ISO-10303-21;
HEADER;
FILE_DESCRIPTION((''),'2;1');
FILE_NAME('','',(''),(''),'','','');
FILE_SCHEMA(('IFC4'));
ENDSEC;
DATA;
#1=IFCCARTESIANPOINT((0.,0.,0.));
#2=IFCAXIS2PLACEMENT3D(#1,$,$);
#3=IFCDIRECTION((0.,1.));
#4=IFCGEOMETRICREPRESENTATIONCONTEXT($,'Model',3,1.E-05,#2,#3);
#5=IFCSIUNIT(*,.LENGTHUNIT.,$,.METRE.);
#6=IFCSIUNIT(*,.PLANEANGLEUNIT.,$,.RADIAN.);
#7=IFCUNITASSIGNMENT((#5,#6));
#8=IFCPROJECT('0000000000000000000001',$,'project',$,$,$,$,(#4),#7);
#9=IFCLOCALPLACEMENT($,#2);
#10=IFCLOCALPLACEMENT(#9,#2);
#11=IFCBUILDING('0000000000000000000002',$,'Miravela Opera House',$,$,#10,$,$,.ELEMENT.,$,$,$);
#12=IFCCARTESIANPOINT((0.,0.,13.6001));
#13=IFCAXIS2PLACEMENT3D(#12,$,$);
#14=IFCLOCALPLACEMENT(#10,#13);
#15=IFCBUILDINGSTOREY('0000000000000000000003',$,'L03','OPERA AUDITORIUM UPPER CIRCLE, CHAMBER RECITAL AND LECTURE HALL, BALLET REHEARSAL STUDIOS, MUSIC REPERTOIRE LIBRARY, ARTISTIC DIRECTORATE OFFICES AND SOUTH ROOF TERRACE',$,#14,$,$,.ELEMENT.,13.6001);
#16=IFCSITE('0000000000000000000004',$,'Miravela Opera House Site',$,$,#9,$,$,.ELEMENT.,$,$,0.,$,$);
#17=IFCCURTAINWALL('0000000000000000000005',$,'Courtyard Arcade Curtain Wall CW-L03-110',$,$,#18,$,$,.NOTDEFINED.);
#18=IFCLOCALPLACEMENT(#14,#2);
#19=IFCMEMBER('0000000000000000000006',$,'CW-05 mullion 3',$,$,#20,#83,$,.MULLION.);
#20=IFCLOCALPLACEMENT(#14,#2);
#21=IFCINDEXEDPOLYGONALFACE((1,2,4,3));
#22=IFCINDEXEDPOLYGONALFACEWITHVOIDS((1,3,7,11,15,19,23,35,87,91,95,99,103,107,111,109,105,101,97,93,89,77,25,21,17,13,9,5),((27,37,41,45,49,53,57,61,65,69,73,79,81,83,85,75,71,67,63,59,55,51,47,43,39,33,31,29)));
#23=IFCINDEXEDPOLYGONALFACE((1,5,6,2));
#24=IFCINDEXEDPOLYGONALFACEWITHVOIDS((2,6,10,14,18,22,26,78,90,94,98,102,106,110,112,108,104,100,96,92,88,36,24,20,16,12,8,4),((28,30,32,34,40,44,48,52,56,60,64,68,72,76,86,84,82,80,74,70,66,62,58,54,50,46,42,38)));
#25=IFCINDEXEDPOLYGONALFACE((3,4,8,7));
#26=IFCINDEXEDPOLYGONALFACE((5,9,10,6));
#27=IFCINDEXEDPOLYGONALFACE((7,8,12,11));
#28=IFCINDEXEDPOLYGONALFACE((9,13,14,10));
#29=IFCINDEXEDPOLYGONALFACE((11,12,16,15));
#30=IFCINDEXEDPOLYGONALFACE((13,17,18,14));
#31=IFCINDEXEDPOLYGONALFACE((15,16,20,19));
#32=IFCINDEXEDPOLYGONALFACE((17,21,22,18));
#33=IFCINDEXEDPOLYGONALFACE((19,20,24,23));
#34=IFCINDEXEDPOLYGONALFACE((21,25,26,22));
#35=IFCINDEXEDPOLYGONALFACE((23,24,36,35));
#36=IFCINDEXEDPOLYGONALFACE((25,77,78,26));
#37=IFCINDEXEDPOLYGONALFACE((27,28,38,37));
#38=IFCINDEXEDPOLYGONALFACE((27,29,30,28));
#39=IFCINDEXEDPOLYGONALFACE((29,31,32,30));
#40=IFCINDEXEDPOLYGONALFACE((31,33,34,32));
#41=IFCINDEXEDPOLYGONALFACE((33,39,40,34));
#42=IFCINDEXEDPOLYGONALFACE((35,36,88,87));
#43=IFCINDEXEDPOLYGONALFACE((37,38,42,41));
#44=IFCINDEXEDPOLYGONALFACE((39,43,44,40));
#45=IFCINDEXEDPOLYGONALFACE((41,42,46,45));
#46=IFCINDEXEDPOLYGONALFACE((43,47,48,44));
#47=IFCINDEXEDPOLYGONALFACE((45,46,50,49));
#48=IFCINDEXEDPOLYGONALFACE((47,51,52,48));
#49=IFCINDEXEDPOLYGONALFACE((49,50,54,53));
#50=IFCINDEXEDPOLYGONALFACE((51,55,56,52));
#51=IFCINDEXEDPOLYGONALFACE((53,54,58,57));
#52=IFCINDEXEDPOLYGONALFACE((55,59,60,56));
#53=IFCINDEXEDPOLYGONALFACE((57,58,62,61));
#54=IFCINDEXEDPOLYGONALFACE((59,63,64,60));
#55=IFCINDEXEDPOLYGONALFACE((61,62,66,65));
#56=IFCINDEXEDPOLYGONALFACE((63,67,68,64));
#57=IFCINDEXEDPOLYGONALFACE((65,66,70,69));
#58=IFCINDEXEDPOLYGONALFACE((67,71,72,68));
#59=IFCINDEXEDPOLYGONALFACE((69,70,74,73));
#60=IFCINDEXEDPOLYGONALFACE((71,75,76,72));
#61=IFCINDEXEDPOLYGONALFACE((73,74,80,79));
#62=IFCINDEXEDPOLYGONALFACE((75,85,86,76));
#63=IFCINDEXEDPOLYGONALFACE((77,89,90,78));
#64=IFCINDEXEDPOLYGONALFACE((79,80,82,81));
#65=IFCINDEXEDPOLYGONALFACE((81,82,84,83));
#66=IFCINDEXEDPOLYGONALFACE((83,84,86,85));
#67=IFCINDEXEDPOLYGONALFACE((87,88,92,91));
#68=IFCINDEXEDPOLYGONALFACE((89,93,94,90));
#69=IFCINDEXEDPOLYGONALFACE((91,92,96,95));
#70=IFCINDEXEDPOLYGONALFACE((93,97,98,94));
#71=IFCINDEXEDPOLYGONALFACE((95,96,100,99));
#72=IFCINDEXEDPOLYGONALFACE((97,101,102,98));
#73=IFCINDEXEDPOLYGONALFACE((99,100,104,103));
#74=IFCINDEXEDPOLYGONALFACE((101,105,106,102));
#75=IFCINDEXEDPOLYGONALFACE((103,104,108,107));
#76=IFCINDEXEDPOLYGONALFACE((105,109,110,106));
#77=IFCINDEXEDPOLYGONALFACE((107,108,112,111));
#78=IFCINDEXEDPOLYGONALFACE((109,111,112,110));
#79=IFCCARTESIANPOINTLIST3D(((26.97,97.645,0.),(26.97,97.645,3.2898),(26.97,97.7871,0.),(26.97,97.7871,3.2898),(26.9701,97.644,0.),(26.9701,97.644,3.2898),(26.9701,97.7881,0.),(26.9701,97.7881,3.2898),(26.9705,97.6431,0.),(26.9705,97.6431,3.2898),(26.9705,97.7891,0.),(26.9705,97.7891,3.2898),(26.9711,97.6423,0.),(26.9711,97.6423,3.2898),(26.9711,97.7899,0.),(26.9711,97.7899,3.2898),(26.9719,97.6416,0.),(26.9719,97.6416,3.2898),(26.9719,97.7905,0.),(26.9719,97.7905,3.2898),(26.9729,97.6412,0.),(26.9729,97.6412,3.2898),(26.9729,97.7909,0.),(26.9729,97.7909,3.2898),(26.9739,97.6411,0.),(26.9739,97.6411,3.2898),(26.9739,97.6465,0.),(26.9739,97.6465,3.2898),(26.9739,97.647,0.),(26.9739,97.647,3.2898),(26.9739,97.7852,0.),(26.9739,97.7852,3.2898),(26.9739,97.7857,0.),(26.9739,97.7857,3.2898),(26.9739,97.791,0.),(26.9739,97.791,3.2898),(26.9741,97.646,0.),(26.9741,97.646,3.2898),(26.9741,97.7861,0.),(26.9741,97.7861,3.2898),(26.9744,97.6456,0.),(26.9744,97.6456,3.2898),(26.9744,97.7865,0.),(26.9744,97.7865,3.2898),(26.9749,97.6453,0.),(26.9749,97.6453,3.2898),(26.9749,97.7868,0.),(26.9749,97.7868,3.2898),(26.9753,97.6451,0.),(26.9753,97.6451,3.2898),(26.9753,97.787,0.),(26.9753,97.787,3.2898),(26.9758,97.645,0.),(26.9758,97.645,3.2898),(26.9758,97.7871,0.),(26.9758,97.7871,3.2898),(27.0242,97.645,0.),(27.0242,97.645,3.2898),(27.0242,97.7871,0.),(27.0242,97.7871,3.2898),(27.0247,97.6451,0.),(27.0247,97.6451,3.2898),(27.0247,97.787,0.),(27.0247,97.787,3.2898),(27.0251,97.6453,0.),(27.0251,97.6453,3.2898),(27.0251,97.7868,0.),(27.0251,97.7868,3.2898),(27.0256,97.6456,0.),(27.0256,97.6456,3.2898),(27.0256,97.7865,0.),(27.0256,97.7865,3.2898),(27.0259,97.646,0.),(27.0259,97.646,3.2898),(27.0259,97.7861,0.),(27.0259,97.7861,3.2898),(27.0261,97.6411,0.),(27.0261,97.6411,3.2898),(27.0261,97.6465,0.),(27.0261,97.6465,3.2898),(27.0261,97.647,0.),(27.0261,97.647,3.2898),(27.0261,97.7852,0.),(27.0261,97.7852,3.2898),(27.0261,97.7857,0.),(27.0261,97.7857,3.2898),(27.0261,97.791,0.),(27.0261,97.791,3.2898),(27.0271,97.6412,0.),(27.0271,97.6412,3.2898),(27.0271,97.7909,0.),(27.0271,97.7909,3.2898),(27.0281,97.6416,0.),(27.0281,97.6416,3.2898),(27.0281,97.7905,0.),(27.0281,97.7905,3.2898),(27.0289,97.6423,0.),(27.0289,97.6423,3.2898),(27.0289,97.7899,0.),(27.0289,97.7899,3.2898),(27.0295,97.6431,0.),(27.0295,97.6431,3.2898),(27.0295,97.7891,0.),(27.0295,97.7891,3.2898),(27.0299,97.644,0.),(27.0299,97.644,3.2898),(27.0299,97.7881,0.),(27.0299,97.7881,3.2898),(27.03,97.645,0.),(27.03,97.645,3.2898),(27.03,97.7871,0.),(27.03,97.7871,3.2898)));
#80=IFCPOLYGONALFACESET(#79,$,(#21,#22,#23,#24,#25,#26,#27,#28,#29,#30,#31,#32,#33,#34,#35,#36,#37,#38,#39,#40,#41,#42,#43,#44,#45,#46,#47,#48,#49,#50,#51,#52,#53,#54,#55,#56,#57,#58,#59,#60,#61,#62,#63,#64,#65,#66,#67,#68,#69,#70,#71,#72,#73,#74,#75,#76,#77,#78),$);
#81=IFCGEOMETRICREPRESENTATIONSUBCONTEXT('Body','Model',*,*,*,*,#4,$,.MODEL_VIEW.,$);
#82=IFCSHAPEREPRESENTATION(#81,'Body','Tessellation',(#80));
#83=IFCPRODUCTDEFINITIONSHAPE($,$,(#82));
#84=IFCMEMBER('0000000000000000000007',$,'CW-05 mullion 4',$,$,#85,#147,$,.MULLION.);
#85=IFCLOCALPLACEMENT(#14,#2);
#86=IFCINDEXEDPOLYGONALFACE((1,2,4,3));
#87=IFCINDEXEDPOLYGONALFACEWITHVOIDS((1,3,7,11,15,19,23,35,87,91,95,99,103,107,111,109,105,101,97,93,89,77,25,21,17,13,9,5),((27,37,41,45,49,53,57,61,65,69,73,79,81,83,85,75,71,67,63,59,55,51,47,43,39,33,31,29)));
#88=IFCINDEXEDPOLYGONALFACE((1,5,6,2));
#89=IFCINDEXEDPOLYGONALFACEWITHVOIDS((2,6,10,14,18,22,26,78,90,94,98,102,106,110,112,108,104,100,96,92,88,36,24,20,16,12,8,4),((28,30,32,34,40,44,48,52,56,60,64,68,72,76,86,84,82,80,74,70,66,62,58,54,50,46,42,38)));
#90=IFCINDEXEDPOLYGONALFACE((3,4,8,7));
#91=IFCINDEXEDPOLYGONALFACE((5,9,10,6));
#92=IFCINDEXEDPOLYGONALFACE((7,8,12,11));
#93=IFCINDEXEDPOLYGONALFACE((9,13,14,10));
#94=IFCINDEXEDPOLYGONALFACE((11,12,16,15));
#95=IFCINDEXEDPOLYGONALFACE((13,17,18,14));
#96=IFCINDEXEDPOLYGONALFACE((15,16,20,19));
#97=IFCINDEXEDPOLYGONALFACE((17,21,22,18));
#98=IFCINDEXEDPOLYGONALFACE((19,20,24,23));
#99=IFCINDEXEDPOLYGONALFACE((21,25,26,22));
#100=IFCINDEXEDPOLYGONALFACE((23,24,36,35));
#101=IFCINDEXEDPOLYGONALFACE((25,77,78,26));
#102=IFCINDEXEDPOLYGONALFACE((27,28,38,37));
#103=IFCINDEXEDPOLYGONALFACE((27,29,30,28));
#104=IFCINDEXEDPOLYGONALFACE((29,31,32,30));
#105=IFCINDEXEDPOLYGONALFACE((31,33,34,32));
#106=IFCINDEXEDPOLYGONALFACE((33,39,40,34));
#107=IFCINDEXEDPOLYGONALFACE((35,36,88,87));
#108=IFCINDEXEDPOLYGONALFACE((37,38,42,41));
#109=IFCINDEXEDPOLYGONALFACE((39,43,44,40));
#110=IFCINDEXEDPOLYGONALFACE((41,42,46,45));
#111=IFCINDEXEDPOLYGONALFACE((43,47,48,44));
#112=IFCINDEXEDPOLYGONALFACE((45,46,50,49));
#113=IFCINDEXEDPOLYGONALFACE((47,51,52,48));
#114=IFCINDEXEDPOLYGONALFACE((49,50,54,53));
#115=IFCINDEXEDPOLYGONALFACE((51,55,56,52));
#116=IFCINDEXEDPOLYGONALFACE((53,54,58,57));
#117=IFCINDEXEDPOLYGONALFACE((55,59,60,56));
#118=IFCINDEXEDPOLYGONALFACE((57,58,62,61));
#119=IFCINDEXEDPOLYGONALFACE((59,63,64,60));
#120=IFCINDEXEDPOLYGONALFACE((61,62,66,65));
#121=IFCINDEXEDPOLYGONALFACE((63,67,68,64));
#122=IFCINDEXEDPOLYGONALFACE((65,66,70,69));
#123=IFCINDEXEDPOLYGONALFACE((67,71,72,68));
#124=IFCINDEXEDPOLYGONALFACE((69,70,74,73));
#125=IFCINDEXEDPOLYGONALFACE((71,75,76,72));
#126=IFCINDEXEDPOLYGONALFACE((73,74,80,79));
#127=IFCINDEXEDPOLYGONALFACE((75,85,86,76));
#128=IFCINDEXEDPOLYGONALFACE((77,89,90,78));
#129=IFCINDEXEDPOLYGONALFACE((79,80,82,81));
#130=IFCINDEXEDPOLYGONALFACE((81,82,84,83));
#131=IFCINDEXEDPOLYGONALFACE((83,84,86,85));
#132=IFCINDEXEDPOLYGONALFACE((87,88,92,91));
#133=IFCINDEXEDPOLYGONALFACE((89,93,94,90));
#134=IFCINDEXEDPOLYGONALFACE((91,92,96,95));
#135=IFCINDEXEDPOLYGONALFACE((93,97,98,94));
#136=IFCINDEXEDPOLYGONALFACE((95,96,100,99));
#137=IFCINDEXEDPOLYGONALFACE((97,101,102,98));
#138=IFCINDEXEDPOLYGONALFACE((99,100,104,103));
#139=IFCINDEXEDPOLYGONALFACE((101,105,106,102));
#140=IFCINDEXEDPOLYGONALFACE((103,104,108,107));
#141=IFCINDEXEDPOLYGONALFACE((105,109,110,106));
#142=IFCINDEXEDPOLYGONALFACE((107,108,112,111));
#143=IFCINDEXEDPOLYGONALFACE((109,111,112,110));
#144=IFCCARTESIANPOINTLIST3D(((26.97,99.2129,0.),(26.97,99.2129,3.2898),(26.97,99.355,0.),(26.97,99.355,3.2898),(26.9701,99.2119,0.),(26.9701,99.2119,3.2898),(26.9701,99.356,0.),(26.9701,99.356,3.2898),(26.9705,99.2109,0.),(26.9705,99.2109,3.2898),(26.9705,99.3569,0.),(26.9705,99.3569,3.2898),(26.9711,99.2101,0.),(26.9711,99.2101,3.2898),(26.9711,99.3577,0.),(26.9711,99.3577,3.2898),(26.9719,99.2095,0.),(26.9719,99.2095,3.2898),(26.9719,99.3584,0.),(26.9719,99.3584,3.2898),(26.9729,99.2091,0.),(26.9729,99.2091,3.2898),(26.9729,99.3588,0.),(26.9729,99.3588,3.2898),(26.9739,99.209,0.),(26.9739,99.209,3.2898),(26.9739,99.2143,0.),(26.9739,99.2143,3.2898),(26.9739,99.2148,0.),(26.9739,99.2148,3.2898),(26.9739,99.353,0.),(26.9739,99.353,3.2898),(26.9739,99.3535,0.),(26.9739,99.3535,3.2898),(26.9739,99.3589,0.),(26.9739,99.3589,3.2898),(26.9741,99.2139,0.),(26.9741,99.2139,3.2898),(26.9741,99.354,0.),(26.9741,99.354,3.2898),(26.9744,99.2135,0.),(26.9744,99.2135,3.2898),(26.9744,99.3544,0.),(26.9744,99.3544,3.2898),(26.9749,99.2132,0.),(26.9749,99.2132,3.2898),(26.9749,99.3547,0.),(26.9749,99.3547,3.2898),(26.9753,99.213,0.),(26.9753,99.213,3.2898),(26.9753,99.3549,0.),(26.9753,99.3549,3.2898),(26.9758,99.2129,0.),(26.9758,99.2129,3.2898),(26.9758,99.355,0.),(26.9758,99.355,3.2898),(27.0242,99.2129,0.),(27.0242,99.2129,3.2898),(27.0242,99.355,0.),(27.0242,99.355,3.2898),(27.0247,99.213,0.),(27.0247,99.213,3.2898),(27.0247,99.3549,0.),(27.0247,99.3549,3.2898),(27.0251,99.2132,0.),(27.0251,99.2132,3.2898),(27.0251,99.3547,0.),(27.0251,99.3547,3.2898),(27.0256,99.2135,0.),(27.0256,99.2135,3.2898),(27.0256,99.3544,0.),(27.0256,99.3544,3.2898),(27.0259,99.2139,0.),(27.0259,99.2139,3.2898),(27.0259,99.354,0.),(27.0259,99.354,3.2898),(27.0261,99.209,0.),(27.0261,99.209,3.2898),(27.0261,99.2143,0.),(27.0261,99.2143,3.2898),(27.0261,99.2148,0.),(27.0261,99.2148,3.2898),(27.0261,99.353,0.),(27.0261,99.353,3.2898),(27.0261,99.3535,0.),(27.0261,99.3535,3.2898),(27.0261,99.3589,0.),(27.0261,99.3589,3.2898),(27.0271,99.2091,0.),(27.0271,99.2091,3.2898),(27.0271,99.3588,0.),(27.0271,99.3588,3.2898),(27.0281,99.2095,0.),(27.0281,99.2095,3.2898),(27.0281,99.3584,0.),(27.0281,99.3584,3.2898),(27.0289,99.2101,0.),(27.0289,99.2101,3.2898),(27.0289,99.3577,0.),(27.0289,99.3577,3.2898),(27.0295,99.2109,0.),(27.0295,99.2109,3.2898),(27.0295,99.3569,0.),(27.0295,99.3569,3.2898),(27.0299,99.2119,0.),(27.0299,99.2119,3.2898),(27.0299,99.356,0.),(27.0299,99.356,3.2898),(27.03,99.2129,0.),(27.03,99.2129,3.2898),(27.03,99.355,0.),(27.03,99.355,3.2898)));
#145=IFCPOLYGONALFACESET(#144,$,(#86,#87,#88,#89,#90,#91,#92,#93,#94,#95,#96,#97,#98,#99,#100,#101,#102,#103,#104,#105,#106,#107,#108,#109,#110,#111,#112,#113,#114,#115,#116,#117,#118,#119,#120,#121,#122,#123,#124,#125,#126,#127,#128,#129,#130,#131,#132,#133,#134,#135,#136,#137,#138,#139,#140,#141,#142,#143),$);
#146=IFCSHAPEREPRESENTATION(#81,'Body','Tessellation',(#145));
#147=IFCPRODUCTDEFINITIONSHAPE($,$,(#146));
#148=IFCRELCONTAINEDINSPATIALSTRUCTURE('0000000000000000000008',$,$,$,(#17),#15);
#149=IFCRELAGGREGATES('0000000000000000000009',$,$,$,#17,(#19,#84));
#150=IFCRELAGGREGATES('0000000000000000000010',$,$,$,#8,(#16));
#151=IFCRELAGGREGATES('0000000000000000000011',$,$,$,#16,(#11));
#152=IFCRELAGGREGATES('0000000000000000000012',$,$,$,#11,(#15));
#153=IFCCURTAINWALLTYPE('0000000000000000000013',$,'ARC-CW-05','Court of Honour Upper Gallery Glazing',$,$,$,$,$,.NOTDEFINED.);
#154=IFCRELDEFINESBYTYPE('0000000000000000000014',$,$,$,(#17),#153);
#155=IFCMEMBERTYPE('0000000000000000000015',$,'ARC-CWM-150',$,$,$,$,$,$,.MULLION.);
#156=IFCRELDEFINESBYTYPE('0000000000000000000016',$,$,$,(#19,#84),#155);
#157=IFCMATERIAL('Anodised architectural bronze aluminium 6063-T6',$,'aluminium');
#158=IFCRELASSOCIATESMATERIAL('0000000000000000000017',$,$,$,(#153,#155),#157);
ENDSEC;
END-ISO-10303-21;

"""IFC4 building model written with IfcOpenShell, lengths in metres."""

from ifc_helpers import new_model, si_unit, direction, frame, origin, origin_2d, place, context, subcontext, project, spatial, hollow_rectangle, extrude, material, material_profile, profile_set, type_object, element, aggregate, save


model = new_model("IFC4")

# Units and contexts
model_context = context("Model", 3, precision=1e-05, world=origin(), true_north=direction((0.0, 1.0)))
body_context = subcontext(model_context, "Body", "Model", "MODEL_VIEW")
ifc_project = project(units=[si_unit("LENGTHUNIT", "METRE"), si_unit("PLANEANGLEUNIT", "RADIAN")], contexts=[model_context])

# Site, building, storey
site_placement = place(None, origin())
site = spatial("IfcSite", under=ifc_project, at=site_placement, Name="Miravela Opera House Site", CompositionType="ELEMENT", RefElevation=0.0)
building_placement = place(site_placement, origin())
building = spatial("IfcBuilding", under=site, at=building_placement, Name="Miravela Opera House", CompositionType="ELEMENT")
storey_placement = place(building_placement, frame((0.0, 0.0, 13.6001)))
storey = spatial("IfcBuildingStorey", under=building, at=storey_placement, Name="L03", Description="OPERA AUDITORIUM UPPER CIRCLE, CHAMBER RECITAL AND LECTURE HALL, BALLET REHEARSAL STUDIOS, MUSIC REPERTOIRE LIBRARY, ARTISTIC DIRECTORATE OFFICES AND SOUTH ROOF TERRACE", CompositionType="ELEMENT", Elevation=13.6001)

# Curtain wall, members
ifc_material_1 = material(Name="Anodised architectural bronze aluminium 6063-T6", Category="aluminium")
curtain_wall_type = type_object("IfcCurtainWallType", Name="ARC-CW-05", Description="Court of Honour Upper Gallery Glazing", PredefinedType="NOTDEFINED", material=ifc_material_1)
curtain_wall_placement = place(storey_placement, origin())
curtain_wall = element("IfcCurtainWall", 1, at=curtain_wall_placement, inside=storey, type_object=curtain_wall_type, Name="Courtyard Arcade Curtain Wall CW-L03-110", PredefinedType="NOTDEFINED")
ifc_material_profile_1 = material_profile(ifc_material_1, hollow_rectangle(XDim=0.0601, YDim=0.1499, WallThickness=0.0039, InnerFilletRadius=0.002, OuterFilletRadius=0.0039, at=origin_2d()), Name="CWM-60X150")
ifc_profile_set_1 = profile_set([ifc_material_profile_1])
member_type_1 = type_object("IfcMemberType", Name="ARC-CWM-150", PredefinedType="MULLION", material=ifc_profile_set_1)
member_1_placement = place(storey_placement, frame((27.0, 97.7161, 0.0), z_axis=(0.0, 0.0, 1.0), x_axis=(-1.0, 0.0, 0.0)))
member_1 = element("IfcMember", 2, at=member_1_placement, type_object=member_type_1, Name="CW-05 mullion 3", PredefinedType="MULLION", context=body_context, shape_type="SweptSolid", body=[
    extrude(hollow_rectangle(XDim=0.0601, YDim=0.1499, WallThickness=0.0039, InnerFilletRadius=0.002, OuterFilletRadius=0.0039, at=origin_2d()), origin(), (0.0, 0.0, 1.0), 3.2898),
])
member_2_placement = place(storey_placement, frame((27.0, 99.2839, 0.0), z_axis=(0.0, 0.0, 1.0), x_axis=(-1.0, 0.0, 0.0)))
member_2 = element("IfcMember", 3, at=member_2_placement, type_object=member_type_1, Name="CW-05 mullion 4", PredefinedType="MULLION", context=body_context, shape_type="SweptSolid", body=[
    extrude(hollow_rectangle(XDim=0.0601, YDim=0.1499, WallThickness=0.0039, InnerFilletRadius=0.002, OuterFilletRadius=0.0039, at=origin_2d()), origin(), (0.0, 0.0, 1.0), 3.2898),
])
aggregate(curtain_wall, [member_1, member_2])

save(model, "model.ifc")
